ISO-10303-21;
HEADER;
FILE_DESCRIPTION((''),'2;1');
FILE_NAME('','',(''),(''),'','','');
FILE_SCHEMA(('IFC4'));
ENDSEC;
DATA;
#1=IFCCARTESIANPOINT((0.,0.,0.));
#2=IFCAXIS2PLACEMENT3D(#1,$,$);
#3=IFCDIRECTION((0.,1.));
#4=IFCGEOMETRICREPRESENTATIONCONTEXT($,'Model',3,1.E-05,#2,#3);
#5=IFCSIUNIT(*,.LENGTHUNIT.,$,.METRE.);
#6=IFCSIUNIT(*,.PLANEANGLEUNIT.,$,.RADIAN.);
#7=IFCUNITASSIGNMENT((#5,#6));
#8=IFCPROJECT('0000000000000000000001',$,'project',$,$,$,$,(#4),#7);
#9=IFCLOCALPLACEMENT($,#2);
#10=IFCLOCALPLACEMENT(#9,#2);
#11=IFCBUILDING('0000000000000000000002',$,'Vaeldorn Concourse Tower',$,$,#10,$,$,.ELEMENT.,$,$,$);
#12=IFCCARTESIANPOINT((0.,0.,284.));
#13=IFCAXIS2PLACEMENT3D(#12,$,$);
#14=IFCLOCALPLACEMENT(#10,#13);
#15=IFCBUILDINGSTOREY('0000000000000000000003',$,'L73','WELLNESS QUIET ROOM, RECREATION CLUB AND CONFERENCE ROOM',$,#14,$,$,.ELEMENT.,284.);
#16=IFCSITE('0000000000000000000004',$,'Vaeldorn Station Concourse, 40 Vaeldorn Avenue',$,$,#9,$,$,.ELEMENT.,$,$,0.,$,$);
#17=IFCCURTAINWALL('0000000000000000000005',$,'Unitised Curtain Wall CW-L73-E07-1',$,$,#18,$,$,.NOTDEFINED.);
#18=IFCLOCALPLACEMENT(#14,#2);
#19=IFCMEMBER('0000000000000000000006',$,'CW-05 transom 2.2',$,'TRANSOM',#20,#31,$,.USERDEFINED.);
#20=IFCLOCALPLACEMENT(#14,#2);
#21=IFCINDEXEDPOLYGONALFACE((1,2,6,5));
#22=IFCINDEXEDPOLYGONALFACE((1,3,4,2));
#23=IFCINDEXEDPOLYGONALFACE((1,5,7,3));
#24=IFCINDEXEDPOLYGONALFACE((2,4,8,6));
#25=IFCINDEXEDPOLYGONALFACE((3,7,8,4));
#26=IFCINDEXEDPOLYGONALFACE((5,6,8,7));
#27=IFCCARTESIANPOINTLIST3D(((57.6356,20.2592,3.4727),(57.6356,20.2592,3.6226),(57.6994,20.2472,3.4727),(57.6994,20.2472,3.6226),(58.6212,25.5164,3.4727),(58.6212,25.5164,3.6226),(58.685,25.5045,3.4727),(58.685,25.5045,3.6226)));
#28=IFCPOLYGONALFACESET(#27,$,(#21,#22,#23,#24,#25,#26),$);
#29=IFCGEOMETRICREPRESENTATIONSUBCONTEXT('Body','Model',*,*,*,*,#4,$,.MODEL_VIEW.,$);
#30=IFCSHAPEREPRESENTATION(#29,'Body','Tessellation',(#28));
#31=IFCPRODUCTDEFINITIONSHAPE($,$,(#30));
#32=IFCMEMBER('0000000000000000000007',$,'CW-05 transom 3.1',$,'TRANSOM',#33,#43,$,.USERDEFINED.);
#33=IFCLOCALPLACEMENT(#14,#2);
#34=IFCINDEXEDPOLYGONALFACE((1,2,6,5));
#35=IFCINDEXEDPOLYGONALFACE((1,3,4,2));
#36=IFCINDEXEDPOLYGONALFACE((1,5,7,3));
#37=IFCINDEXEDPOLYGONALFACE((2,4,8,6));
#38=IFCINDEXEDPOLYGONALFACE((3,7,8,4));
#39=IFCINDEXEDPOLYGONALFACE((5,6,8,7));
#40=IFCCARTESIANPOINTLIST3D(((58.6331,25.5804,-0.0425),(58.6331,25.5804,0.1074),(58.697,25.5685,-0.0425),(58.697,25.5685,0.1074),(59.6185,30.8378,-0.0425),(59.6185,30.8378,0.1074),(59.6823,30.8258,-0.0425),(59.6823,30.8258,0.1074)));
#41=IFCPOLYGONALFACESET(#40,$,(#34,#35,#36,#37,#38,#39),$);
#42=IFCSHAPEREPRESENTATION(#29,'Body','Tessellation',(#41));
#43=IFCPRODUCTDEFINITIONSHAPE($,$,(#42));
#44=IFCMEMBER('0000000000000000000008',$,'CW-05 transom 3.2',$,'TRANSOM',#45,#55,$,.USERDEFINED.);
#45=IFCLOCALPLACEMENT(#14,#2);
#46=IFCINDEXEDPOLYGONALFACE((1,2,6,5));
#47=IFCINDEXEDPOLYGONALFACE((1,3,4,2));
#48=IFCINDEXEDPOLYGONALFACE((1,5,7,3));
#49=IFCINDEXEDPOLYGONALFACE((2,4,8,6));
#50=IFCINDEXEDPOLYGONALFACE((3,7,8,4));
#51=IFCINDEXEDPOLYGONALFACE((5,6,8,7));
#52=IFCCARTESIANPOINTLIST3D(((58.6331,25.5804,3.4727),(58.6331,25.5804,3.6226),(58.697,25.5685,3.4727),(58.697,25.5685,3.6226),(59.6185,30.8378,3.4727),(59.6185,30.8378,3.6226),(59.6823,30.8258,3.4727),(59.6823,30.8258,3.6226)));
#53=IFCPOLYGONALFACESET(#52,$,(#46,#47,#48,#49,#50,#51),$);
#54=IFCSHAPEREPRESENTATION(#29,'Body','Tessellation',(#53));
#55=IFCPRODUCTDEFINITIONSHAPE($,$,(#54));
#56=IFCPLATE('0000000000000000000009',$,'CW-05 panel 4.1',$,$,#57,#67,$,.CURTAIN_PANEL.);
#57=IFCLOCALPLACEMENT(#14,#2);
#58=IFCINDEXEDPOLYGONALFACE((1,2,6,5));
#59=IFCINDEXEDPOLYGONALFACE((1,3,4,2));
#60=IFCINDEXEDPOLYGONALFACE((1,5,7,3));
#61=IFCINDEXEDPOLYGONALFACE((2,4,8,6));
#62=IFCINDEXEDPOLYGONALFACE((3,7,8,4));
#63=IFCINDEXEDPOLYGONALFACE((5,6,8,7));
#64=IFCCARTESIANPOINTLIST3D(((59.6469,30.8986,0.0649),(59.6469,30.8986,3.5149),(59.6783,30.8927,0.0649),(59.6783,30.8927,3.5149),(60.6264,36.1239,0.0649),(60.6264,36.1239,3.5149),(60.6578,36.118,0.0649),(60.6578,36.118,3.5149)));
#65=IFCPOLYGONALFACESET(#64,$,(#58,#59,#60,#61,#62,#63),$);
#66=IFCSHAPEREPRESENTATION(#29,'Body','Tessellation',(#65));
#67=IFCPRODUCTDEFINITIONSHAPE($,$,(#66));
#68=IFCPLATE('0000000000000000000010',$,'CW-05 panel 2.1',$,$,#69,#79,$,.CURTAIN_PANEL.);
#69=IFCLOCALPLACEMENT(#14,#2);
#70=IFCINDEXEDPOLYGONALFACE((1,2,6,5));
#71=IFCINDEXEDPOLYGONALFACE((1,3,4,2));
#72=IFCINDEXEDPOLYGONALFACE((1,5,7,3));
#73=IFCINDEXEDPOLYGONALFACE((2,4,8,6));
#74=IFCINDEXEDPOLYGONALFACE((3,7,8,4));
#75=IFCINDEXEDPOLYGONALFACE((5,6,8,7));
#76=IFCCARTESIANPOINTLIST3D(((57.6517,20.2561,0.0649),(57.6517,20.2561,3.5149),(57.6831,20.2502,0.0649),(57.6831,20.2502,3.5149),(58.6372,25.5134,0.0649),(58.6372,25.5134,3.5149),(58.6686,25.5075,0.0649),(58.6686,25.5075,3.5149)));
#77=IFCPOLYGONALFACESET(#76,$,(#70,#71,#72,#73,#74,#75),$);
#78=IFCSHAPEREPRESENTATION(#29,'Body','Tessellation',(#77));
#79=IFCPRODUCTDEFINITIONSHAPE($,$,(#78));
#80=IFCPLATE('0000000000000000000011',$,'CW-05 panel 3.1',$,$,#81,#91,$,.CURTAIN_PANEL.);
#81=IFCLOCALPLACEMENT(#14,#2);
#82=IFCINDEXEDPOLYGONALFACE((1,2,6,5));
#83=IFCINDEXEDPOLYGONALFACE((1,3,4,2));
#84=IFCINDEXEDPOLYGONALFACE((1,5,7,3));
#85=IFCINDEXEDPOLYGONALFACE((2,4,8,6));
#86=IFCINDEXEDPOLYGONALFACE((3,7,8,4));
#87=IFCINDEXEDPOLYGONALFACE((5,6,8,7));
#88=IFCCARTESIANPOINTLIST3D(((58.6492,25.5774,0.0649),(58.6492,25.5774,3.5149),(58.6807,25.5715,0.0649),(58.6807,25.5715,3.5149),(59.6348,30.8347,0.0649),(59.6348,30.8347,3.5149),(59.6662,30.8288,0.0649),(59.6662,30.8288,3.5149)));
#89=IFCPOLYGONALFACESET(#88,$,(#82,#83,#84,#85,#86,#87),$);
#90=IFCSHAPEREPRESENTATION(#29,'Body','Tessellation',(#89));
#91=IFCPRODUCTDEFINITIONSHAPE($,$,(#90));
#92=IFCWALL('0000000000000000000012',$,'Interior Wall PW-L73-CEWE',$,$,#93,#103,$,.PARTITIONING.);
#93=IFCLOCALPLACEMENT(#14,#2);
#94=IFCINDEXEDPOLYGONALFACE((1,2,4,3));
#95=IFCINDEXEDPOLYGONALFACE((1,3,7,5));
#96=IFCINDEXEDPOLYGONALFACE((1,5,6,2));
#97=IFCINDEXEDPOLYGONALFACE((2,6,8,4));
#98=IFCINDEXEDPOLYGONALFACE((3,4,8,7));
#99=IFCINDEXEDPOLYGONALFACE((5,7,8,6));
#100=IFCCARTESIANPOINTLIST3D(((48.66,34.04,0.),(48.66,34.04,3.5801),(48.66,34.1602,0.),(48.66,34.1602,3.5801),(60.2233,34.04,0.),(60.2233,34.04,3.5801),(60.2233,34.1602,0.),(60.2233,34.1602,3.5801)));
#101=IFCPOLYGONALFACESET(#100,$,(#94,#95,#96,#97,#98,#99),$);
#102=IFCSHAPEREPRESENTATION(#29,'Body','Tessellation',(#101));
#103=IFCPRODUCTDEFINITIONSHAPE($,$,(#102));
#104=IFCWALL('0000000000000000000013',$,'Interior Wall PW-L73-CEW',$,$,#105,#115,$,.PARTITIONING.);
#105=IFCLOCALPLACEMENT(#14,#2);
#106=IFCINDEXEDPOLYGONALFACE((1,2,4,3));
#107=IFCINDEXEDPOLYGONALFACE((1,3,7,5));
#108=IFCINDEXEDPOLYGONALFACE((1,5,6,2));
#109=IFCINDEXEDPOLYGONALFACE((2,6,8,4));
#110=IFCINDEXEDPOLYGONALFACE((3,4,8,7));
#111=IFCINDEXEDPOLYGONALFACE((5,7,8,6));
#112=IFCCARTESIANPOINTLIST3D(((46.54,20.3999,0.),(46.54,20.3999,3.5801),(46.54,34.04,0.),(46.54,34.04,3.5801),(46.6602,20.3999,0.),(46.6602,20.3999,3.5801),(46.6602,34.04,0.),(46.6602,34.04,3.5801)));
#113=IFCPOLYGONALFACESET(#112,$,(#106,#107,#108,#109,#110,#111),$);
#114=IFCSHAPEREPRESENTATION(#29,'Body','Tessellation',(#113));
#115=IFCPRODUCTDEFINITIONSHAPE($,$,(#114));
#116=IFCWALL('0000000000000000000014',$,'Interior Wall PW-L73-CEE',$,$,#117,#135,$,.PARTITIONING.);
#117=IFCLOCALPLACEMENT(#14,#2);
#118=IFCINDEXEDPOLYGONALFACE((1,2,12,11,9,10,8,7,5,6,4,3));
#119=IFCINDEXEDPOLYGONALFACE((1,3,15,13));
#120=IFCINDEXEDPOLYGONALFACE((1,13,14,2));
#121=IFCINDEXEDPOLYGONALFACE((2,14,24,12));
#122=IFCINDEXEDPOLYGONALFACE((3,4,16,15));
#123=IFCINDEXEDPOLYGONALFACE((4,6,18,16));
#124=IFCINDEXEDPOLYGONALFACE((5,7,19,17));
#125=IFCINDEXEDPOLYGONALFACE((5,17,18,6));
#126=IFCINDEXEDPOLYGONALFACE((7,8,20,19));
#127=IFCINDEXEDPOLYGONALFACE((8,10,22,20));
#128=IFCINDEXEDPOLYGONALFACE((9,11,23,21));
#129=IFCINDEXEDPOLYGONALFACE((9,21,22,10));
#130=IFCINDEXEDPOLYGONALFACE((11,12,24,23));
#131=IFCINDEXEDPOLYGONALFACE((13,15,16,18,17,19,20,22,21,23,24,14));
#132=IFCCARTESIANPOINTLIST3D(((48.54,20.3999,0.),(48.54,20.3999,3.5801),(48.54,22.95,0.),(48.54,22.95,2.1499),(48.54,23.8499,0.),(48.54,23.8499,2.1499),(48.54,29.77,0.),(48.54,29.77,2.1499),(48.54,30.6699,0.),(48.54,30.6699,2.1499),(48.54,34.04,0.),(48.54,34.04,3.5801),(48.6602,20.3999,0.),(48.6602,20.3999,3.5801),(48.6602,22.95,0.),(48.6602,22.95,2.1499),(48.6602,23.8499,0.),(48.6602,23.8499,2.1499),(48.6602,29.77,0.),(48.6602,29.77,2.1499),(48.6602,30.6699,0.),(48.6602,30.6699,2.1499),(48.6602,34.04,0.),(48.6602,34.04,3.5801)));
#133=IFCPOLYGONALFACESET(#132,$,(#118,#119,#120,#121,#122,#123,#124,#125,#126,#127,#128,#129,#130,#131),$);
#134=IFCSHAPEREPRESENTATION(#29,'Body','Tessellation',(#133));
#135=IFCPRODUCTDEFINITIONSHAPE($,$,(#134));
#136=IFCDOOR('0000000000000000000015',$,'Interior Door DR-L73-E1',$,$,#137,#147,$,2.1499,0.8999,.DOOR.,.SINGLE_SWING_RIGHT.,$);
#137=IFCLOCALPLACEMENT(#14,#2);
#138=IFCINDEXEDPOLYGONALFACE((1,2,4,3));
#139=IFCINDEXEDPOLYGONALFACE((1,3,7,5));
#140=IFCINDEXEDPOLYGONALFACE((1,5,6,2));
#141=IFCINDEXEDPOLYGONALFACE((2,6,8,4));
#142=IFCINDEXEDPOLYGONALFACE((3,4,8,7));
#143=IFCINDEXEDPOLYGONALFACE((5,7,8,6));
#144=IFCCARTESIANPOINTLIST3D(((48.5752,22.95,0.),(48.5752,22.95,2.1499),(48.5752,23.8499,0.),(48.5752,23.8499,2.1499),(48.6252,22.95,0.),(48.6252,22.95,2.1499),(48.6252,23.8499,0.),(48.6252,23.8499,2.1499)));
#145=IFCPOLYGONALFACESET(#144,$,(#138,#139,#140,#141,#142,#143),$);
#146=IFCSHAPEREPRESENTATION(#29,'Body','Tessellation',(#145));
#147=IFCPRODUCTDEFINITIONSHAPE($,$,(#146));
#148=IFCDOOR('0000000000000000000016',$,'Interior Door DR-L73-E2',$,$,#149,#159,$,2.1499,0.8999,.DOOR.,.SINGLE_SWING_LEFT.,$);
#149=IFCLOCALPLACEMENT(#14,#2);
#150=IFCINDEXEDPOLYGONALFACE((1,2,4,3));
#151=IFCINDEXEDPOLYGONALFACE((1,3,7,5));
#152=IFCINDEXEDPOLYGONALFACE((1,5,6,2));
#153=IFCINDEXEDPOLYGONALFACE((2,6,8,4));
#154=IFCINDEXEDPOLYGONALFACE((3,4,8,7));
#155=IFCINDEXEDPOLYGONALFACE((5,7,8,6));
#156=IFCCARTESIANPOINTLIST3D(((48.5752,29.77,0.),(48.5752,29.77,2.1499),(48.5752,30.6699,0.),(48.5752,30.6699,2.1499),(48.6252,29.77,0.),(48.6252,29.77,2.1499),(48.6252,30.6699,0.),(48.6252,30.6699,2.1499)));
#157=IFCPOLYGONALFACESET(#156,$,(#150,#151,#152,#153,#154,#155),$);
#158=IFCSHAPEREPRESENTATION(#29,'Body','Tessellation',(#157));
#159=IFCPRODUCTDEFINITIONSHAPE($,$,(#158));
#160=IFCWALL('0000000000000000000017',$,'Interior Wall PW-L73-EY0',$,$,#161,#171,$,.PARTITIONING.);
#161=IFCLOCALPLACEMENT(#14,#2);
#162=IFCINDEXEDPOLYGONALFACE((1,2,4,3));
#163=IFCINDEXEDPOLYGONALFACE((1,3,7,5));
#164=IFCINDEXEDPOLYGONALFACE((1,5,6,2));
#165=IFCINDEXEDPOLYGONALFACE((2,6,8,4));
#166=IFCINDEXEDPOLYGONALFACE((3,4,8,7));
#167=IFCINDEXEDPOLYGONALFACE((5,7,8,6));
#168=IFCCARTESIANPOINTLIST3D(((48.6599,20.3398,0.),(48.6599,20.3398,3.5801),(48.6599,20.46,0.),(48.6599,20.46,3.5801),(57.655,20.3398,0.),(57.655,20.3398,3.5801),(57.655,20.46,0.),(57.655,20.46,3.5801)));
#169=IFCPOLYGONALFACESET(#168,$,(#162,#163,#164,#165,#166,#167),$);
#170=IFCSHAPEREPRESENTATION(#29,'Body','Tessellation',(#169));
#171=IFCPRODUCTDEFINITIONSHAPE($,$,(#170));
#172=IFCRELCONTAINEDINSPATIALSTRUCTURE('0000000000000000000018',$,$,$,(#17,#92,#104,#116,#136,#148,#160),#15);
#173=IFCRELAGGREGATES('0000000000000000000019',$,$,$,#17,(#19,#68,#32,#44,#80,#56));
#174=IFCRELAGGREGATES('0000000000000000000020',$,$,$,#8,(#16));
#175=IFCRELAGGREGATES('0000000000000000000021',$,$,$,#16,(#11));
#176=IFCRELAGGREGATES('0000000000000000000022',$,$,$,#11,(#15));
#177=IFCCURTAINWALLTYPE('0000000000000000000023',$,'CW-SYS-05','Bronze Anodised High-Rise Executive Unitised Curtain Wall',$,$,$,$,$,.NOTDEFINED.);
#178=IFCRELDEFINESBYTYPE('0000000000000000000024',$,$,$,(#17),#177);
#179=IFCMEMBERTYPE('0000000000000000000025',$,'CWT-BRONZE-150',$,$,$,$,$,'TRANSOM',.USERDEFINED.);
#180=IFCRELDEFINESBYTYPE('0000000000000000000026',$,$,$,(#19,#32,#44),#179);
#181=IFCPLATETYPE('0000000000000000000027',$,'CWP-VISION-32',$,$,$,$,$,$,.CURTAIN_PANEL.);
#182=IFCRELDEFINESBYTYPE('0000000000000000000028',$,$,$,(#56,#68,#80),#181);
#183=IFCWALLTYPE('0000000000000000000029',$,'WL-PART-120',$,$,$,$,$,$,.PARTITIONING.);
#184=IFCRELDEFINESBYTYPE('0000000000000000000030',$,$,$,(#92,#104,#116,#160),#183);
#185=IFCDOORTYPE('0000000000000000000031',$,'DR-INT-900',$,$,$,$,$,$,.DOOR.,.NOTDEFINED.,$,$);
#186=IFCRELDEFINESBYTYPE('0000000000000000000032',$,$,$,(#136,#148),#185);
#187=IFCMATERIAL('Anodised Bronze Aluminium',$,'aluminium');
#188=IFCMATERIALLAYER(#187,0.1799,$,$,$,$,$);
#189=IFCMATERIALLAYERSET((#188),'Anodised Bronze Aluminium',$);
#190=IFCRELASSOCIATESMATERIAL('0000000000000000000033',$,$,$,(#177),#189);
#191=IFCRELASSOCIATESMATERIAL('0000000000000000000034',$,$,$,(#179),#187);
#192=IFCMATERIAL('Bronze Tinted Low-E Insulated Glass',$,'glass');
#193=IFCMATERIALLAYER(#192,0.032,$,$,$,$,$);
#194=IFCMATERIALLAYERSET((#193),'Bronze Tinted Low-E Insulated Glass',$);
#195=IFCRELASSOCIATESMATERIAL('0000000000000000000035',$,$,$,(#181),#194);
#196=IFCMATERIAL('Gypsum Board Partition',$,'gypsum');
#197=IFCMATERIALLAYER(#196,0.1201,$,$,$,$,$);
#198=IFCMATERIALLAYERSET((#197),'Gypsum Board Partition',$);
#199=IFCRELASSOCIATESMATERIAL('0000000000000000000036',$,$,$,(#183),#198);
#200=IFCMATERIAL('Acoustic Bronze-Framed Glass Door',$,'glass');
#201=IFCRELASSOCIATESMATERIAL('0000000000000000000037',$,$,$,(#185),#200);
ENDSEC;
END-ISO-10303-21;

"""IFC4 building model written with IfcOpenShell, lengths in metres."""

from ifc_helpers import new_model, si_unit, direction, frame, frame_2d, origin, origin_2d, place, context, subcontext, project, spatial, rectangle, extrude, source, transform, mapped, material, layer, layer_set, material_profile, profile_set, type_object, element, fill, aggregate, save


model = new_model("IFC4")

# Units and contexts
model_context = context("Model", 3, precision=1e-05, world=origin(), true_north=direction((0.0, 1.0)))
body_context = subcontext(model_context, "Body", "Model", "MODEL_VIEW")
ifc_project = project(units=[si_unit("LENGTHUNIT", "METRE"), si_unit("PLANEANGLEUNIT", "RADIAN")], contexts=[model_context])

# Site, building, storey
site_placement = place(None, origin())
site = spatial("IfcSite", under=ifc_project, at=site_placement, Name="Vaeldorn Station Concourse, 40 Vaeldorn Avenue", CompositionType="ELEMENT", RefElevation=0.0)
building_placement = place(site_placement, origin())
building = spatial("IfcBuilding", under=site, at=building_placement, Name="Vaeldorn Concourse Tower", CompositionType="ELEMENT")
storey_placement = place(building_placement, frame((0.0, 0.0, 284.0)))
storey = spatial("IfcBuildingStorey", under=building, at=storey_placement, Name="L73", Description="WELLNESS QUIET ROOM, RECREATION CLUB AND CONFERENCE ROOM", CompositionType="ELEMENT", Elevation=284.0)

# Curtain wall, members, plates
ifc_material_1 = material(Name="Anodised Bronze Aluminium", Category="aluminium")
ifc_layer_1 = layer(ifc_material_1, 0.1799)
ifc_layer_set_1 = layer_set([ifc_layer_1], Name="Anodised Bronze Aluminium")
curtain_wall_type = type_object("IfcCurtainWallType", Name="CW-SYS-05", Description="Bronze Anodised High-Rise Executive Unitised Curtain Wall", PredefinedType="NOTDEFINED", material=ifc_layer_set_1)
curtain_wall_placement = place(storey_placement, origin())
curtain_wall = element("IfcCurtainWall", 1, at=curtain_wall_placement, inside=storey, type_object=curtain_wall_type, Name="Unitised Curtain Wall CW-L73-E07-1", PredefinedType="NOTDEFINED")
ifc_material_profile_1 = material_profile(ifc_material_1, rectangle(XDim=0.0649, YDim=0.1499, at=origin_2d()), Name="CWT 65x150")
ifc_profile_set_1 = profile_set([ifc_material_profile_1], Name="Anodised Bronze Aluminium")
member_type_1 = type_object("IfcMemberType", Name="CWT-BRONZE-150", ElementType="TRANSOM", PredefinedType="USERDEFINED", material=ifc_profile_set_1)
shared_shape_1 = source(origin(), body_context, "Body", "SweptSolid", [
    extrude(rectangle(XDim=0.0649, YDim=0.1499, at=origin_2d()), origin(), (0.0, 0.0, 1.0), 5.3489),
])
member_1_placement = place(storey_placement, frame((57.6675, 20.2532, 3.5476), z_axis=(0.184261, 0.982877, 0.0), x_axis=(-0.982877, 0.184261, 0.0)))
member_1 = element("IfcMember", 2, at=member_1_placement, type_object=member_type_1, Name="CW-05 transom 2.2", ObjectType="TRANSOM", PredefinedType="USERDEFINED", context=body_context, shape_type="MappedRepresentation", body=[
    mapped(shared_shape_1, transform((0.0, 0.0, 0.0), scale=1.0)),
])
member_2_placement = place(storey_placement, frame((58.665, 25.5745, 0.0325), z_axis=(0.184217, 0.982886, 0.0), x_axis=(-0.982886, 0.184217, 0.0)))
member_2 = element("IfcMember", 3, at=member_2_placement, type_object=member_type_1, Name="CW-05 transom 3.1", ObjectType="TRANSOM", PredefinedType="USERDEFINED", context=body_context, shape_type="MappedRepresentation", body=[
    mapped(shared_shape_1, transform((0.0, 0.0, 0.0), scale=1.0)),
])
member_3_placement = place(storey_placement, frame((58.665, 25.5745, 3.5476), z_axis=(0.184217, 0.982886, 0.0), x_axis=(-0.982886, 0.184217, 0.0)))
member_3 = element("IfcMember", 4, at=member_3_placement, type_object=member_type_1, Name="CW-05 transom 3.2", ObjectType="TRANSOM", PredefinedType="USERDEFINED", context=body_context, shape_type="MappedRepresentation", body=[
    mapped(shared_shape_1, transform((0.0, 0.0, 0.0), scale=1.0)),
])
ifc_material_2 = material(Name="Bronze Tinted Low-E Insulated Glass", Category="glass")
ifc_layer_2 = layer(ifc_material_2, 0.032)
ifc_layer_set_2 = layer_set([ifc_layer_2], Name="Bronze Tinted Low-E Insulated Glass")
plate_type = type_object("IfcPlateType", Name="CWP-VISION-32", PredefinedType="CURTAIN_PANEL", material=ifc_layer_set_2)
shared_shape_2 = source(origin(), body_context, "Body", "SweptSolid", [
    extrude(rectangle(XDim=5.3164, YDim=0.032, at=origin_2d()), origin(), (0.0, 0.0, 1.0), 3.45),
])
plate_1_placement = place(storey_placement, frame((60.1523, 33.5083, 0.0649), z_axis=(0.0, 0.0, 1.0), x_axis=(0.184247, 0.98288, 0.0)))
plate_1 = element("IfcPlate", 5, at=plate_1_placement, type_object=plate_type, Name="CW-05 panel 4.1", PredefinedType="CURTAIN_PANEL", context=body_context, shape_type="MappedRepresentation", body=[
    mapped(shared_shape_2, transform((0.0, 0.0, 0.0), scale=1.0)),
])
shared_shape_3 = source(origin(), body_context, "Body", "SweptSolid", [
    extrude(rectangle(XDim=5.3489, YDim=0.032, at=origin_2d()), origin(), (0.0, 0.0, 1.0), 3.45),
])
plate_2_placement = place(storey_placement, frame((58.1602, 22.8818, 0.0649), z_axis=(0.0, 0.0, 1.0), x_axis=(0.184247, 0.98288, 0.0)))
plate_2 = element("IfcPlate", 6, at=plate_2_placement, type_object=plate_type, Name="CW-05 panel 2.1", PredefinedType="CURTAIN_PANEL", context=body_context, shape_type="MappedRepresentation", body=[
    mapped(shared_shape_3, transform((0.0, 0.0, 0.0), scale=1.0)),
])
plate_3_placement = place(storey_placement, frame((59.1577, 28.2031, 0.0649), z_axis=(0.0, 0.0, 1.0), x_axis=(0.184247, 0.98288, 0.0)))
plate_3 = element("IfcPlate", 7, at=plate_3_placement, type_object=plate_type, Name="CW-05 panel 3.1", PredefinedType="CURTAIN_PANEL", context=body_context, shape_type="MappedRepresentation", body=[
    mapped(shared_shape_3, transform((0.0, 0.0, 0.0), scale=1.0)),
])
aggregate(curtain_wall, [member_1, plate_2, member_2, member_3, plate_3, plate_1])

# Wall
ifc_material_3 = material(Name="Gypsum Board Partition", Category="gypsum")
ifc_layer_3 = layer(ifc_material_3, 0.1201)
ifc_layer_set_3 = layer_set([ifc_layer_3], Name="Gypsum Board Partition")
wall_type = type_object("IfcWallType", Name="WL-PART-120", PredefinedType="PARTITIONING", material=ifc_layer_set_3)
wall_1_placement = place(storey_placement, frame((48.6599, 34.1001, 0.0), z_axis=(0.0, 0.0, 1.0), x_axis=(1.0, 0.0, 0.0)))
element("IfcWall", 8, at=wall_1_placement, inside=storey, type_object=wall_type, Name="Interior Wall PW-L73-CEWE", PredefinedType="PARTITIONING", context=body_context, shape_type="SweptSolid", body=[
    extrude(rectangle(XDim=11.5632, YDim=0.1201, at=frame_2d((5.7817, 0.0))), origin(), (0.0, 0.0, 1.0), 3.5801),
])

# Shared definitions
ifc_material_4 = material(Name="Acoustic Bronze-Framed Glass Door", Category="glass")
door_type = type_object("IfcDoorType", Name="DR-INT-900", OperationType="NOTDEFINED", PredefinedType="DOOR", material=ifc_material_4)
shared_shape_4 = source(origin(), body_context, "Body", "SweptSolid", [
    extrude(rectangle(XDim=0.8999, YDim=2.1499, at=frame_2d((0.45, 1.075))), frame((0.0, 0.0249, 0.0), z_axis=(0.0, -1.0, 0.0), x_axis=(1.0, 0.0, 0.0)), (0.0, 0.0, 1.0), 0.05),
])

# Wall
wall_2_placement = place(storey_placement, frame((46.6001, 20.3999, 0.0), z_axis=(0.0, 0.0, 1.0), x_axis=(0.0, 1.0, 0.0)))
element("IfcWall", 9, at=wall_2_placement, inside=storey, type_object=wall_type, Name="Interior Wall PW-L73-CEW", PredefinedType="PARTITIONING", context=body_context, shape_type="SweptSolid", body=[
    extrude(rectangle(XDim=13.6401, YDim=0.1201, at=frame_2d((6.8201, 0.0))), origin(), (0.0, 0.0, 1.0), 3.5801),
])

# Wall, openings, doors
wall_3_placement = place(storey_placement, frame((48.6001, 20.3999, 0.0), z_axis=(0.0, 0.0, 1.0), x_axis=(0.0, 1.0, 0.0)))
wall_3 = element("IfcWall", 10, at=wall_3_placement, inside=storey, type_object=wall_type, Name="Interior Wall PW-L73-CEE", PredefinedType="PARTITIONING", context=body_context, shape_type="SweptSolid", body=[
    extrude(rectangle(XDim=13.6401, YDim=0.1201, at=frame_2d((6.8201, 0.0))), origin(), (0.0, 0.0, 1.0), 3.5801),
])
opening_1_placement = place(wall_3_placement, frame((2.55, 0.0, 0.0)))
opening_1 = element("IfcOpeningElement", 11, at=opening_1_placement, cuts=wall_3, PredefinedType="OPENING", context=body_context, shape_type="SweptSolid", body=[
    extrude(rectangle(XDim=0.8999, YDim=2.1499, at=frame_2d((0.45, 1.075))), frame((0.0, 0.0701, 0.0), z_axis=(0.0, -1.0, 0.0), x_axis=(1.0, 0.0, 0.0)), (0.0, 0.0, 1.0), 0.1401),
])
opening_2_placement = place(wall_3_placement, frame((9.3701, 0.0, 0.0)))
opening_2 = element("IfcOpeningElement", 12, at=opening_2_placement, cuts=wall_3, PredefinedType="OPENING", context=body_context, shape_type="SweptSolid", body=[
    extrude(rectangle(XDim=0.8999, YDim=2.1499, at=frame_2d((0.45, 1.075))), frame((0.0, 0.0701, 0.0), z_axis=(0.0, -1.0, 0.0), x_axis=(1.0, 0.0, 0.0)), (0.0, 0.0, 1.0), 0.1401),
])
door_1_placement = place(opening_1_placement, origin())
door_1 = element("IfcDoor", 13, at=door_1_placement, inside=storey, type_object=door_type, Name="Interior Door DR-L73-E1", OperationType="SINGLE_SWING_RIGHT", OverallHeight=2.1499, OverallWidth=0.8999, PredefinedType="DOOR", context=body_context, shape_type="MappedRepresentation", body=[
    mapped(shared_shape_4, transform((0.0, 0.0, 0.0), scale=1.0)),
])
fill(opening_1, door_1)
door_2_placement = place(opening_2_placement, origin())
door_2 = element("IfcDoor", 14, at=door_2_placement, inside=storey, type_object=door_type, Name="Interior Door DR-L73-E2", OperationType="SINGLE_SWING_LEFT", OverallHeight=2.1499, OverallWidth=0.8999, PredefinedType="DOOR", context=body_context, shape_type="MappedRepresentation", body=[
    mapped(shared_shape_4, transform((0.0, 0.0, 0.0), scale=1.0)),
])
fill(opening_2, door_2)

# Wall
wall_4_placement = place(storey_placement, frame((48.6599, 20.3999, 0.0), z_axis=(0.0, 0.0, 1.0), x_axis=(1.0, 0.0, 0.0)))
element("IfcWall", 15, at=wall_4_placement, inside=storey, type_object=wall_type, Name="Interior Wall PW-L73-EY0", PredefinedType="PARTITIONING", context=body_context, shape_type="SweptSolid", body=[
    extrude(rectangle(XDim=8.9951, YDim=0.1201, at=frame_2d((4.4976, 0.0))), origin(), (0.0, 0.0, 1.0), 3.5801),
])

save(model, "model.ifc")
